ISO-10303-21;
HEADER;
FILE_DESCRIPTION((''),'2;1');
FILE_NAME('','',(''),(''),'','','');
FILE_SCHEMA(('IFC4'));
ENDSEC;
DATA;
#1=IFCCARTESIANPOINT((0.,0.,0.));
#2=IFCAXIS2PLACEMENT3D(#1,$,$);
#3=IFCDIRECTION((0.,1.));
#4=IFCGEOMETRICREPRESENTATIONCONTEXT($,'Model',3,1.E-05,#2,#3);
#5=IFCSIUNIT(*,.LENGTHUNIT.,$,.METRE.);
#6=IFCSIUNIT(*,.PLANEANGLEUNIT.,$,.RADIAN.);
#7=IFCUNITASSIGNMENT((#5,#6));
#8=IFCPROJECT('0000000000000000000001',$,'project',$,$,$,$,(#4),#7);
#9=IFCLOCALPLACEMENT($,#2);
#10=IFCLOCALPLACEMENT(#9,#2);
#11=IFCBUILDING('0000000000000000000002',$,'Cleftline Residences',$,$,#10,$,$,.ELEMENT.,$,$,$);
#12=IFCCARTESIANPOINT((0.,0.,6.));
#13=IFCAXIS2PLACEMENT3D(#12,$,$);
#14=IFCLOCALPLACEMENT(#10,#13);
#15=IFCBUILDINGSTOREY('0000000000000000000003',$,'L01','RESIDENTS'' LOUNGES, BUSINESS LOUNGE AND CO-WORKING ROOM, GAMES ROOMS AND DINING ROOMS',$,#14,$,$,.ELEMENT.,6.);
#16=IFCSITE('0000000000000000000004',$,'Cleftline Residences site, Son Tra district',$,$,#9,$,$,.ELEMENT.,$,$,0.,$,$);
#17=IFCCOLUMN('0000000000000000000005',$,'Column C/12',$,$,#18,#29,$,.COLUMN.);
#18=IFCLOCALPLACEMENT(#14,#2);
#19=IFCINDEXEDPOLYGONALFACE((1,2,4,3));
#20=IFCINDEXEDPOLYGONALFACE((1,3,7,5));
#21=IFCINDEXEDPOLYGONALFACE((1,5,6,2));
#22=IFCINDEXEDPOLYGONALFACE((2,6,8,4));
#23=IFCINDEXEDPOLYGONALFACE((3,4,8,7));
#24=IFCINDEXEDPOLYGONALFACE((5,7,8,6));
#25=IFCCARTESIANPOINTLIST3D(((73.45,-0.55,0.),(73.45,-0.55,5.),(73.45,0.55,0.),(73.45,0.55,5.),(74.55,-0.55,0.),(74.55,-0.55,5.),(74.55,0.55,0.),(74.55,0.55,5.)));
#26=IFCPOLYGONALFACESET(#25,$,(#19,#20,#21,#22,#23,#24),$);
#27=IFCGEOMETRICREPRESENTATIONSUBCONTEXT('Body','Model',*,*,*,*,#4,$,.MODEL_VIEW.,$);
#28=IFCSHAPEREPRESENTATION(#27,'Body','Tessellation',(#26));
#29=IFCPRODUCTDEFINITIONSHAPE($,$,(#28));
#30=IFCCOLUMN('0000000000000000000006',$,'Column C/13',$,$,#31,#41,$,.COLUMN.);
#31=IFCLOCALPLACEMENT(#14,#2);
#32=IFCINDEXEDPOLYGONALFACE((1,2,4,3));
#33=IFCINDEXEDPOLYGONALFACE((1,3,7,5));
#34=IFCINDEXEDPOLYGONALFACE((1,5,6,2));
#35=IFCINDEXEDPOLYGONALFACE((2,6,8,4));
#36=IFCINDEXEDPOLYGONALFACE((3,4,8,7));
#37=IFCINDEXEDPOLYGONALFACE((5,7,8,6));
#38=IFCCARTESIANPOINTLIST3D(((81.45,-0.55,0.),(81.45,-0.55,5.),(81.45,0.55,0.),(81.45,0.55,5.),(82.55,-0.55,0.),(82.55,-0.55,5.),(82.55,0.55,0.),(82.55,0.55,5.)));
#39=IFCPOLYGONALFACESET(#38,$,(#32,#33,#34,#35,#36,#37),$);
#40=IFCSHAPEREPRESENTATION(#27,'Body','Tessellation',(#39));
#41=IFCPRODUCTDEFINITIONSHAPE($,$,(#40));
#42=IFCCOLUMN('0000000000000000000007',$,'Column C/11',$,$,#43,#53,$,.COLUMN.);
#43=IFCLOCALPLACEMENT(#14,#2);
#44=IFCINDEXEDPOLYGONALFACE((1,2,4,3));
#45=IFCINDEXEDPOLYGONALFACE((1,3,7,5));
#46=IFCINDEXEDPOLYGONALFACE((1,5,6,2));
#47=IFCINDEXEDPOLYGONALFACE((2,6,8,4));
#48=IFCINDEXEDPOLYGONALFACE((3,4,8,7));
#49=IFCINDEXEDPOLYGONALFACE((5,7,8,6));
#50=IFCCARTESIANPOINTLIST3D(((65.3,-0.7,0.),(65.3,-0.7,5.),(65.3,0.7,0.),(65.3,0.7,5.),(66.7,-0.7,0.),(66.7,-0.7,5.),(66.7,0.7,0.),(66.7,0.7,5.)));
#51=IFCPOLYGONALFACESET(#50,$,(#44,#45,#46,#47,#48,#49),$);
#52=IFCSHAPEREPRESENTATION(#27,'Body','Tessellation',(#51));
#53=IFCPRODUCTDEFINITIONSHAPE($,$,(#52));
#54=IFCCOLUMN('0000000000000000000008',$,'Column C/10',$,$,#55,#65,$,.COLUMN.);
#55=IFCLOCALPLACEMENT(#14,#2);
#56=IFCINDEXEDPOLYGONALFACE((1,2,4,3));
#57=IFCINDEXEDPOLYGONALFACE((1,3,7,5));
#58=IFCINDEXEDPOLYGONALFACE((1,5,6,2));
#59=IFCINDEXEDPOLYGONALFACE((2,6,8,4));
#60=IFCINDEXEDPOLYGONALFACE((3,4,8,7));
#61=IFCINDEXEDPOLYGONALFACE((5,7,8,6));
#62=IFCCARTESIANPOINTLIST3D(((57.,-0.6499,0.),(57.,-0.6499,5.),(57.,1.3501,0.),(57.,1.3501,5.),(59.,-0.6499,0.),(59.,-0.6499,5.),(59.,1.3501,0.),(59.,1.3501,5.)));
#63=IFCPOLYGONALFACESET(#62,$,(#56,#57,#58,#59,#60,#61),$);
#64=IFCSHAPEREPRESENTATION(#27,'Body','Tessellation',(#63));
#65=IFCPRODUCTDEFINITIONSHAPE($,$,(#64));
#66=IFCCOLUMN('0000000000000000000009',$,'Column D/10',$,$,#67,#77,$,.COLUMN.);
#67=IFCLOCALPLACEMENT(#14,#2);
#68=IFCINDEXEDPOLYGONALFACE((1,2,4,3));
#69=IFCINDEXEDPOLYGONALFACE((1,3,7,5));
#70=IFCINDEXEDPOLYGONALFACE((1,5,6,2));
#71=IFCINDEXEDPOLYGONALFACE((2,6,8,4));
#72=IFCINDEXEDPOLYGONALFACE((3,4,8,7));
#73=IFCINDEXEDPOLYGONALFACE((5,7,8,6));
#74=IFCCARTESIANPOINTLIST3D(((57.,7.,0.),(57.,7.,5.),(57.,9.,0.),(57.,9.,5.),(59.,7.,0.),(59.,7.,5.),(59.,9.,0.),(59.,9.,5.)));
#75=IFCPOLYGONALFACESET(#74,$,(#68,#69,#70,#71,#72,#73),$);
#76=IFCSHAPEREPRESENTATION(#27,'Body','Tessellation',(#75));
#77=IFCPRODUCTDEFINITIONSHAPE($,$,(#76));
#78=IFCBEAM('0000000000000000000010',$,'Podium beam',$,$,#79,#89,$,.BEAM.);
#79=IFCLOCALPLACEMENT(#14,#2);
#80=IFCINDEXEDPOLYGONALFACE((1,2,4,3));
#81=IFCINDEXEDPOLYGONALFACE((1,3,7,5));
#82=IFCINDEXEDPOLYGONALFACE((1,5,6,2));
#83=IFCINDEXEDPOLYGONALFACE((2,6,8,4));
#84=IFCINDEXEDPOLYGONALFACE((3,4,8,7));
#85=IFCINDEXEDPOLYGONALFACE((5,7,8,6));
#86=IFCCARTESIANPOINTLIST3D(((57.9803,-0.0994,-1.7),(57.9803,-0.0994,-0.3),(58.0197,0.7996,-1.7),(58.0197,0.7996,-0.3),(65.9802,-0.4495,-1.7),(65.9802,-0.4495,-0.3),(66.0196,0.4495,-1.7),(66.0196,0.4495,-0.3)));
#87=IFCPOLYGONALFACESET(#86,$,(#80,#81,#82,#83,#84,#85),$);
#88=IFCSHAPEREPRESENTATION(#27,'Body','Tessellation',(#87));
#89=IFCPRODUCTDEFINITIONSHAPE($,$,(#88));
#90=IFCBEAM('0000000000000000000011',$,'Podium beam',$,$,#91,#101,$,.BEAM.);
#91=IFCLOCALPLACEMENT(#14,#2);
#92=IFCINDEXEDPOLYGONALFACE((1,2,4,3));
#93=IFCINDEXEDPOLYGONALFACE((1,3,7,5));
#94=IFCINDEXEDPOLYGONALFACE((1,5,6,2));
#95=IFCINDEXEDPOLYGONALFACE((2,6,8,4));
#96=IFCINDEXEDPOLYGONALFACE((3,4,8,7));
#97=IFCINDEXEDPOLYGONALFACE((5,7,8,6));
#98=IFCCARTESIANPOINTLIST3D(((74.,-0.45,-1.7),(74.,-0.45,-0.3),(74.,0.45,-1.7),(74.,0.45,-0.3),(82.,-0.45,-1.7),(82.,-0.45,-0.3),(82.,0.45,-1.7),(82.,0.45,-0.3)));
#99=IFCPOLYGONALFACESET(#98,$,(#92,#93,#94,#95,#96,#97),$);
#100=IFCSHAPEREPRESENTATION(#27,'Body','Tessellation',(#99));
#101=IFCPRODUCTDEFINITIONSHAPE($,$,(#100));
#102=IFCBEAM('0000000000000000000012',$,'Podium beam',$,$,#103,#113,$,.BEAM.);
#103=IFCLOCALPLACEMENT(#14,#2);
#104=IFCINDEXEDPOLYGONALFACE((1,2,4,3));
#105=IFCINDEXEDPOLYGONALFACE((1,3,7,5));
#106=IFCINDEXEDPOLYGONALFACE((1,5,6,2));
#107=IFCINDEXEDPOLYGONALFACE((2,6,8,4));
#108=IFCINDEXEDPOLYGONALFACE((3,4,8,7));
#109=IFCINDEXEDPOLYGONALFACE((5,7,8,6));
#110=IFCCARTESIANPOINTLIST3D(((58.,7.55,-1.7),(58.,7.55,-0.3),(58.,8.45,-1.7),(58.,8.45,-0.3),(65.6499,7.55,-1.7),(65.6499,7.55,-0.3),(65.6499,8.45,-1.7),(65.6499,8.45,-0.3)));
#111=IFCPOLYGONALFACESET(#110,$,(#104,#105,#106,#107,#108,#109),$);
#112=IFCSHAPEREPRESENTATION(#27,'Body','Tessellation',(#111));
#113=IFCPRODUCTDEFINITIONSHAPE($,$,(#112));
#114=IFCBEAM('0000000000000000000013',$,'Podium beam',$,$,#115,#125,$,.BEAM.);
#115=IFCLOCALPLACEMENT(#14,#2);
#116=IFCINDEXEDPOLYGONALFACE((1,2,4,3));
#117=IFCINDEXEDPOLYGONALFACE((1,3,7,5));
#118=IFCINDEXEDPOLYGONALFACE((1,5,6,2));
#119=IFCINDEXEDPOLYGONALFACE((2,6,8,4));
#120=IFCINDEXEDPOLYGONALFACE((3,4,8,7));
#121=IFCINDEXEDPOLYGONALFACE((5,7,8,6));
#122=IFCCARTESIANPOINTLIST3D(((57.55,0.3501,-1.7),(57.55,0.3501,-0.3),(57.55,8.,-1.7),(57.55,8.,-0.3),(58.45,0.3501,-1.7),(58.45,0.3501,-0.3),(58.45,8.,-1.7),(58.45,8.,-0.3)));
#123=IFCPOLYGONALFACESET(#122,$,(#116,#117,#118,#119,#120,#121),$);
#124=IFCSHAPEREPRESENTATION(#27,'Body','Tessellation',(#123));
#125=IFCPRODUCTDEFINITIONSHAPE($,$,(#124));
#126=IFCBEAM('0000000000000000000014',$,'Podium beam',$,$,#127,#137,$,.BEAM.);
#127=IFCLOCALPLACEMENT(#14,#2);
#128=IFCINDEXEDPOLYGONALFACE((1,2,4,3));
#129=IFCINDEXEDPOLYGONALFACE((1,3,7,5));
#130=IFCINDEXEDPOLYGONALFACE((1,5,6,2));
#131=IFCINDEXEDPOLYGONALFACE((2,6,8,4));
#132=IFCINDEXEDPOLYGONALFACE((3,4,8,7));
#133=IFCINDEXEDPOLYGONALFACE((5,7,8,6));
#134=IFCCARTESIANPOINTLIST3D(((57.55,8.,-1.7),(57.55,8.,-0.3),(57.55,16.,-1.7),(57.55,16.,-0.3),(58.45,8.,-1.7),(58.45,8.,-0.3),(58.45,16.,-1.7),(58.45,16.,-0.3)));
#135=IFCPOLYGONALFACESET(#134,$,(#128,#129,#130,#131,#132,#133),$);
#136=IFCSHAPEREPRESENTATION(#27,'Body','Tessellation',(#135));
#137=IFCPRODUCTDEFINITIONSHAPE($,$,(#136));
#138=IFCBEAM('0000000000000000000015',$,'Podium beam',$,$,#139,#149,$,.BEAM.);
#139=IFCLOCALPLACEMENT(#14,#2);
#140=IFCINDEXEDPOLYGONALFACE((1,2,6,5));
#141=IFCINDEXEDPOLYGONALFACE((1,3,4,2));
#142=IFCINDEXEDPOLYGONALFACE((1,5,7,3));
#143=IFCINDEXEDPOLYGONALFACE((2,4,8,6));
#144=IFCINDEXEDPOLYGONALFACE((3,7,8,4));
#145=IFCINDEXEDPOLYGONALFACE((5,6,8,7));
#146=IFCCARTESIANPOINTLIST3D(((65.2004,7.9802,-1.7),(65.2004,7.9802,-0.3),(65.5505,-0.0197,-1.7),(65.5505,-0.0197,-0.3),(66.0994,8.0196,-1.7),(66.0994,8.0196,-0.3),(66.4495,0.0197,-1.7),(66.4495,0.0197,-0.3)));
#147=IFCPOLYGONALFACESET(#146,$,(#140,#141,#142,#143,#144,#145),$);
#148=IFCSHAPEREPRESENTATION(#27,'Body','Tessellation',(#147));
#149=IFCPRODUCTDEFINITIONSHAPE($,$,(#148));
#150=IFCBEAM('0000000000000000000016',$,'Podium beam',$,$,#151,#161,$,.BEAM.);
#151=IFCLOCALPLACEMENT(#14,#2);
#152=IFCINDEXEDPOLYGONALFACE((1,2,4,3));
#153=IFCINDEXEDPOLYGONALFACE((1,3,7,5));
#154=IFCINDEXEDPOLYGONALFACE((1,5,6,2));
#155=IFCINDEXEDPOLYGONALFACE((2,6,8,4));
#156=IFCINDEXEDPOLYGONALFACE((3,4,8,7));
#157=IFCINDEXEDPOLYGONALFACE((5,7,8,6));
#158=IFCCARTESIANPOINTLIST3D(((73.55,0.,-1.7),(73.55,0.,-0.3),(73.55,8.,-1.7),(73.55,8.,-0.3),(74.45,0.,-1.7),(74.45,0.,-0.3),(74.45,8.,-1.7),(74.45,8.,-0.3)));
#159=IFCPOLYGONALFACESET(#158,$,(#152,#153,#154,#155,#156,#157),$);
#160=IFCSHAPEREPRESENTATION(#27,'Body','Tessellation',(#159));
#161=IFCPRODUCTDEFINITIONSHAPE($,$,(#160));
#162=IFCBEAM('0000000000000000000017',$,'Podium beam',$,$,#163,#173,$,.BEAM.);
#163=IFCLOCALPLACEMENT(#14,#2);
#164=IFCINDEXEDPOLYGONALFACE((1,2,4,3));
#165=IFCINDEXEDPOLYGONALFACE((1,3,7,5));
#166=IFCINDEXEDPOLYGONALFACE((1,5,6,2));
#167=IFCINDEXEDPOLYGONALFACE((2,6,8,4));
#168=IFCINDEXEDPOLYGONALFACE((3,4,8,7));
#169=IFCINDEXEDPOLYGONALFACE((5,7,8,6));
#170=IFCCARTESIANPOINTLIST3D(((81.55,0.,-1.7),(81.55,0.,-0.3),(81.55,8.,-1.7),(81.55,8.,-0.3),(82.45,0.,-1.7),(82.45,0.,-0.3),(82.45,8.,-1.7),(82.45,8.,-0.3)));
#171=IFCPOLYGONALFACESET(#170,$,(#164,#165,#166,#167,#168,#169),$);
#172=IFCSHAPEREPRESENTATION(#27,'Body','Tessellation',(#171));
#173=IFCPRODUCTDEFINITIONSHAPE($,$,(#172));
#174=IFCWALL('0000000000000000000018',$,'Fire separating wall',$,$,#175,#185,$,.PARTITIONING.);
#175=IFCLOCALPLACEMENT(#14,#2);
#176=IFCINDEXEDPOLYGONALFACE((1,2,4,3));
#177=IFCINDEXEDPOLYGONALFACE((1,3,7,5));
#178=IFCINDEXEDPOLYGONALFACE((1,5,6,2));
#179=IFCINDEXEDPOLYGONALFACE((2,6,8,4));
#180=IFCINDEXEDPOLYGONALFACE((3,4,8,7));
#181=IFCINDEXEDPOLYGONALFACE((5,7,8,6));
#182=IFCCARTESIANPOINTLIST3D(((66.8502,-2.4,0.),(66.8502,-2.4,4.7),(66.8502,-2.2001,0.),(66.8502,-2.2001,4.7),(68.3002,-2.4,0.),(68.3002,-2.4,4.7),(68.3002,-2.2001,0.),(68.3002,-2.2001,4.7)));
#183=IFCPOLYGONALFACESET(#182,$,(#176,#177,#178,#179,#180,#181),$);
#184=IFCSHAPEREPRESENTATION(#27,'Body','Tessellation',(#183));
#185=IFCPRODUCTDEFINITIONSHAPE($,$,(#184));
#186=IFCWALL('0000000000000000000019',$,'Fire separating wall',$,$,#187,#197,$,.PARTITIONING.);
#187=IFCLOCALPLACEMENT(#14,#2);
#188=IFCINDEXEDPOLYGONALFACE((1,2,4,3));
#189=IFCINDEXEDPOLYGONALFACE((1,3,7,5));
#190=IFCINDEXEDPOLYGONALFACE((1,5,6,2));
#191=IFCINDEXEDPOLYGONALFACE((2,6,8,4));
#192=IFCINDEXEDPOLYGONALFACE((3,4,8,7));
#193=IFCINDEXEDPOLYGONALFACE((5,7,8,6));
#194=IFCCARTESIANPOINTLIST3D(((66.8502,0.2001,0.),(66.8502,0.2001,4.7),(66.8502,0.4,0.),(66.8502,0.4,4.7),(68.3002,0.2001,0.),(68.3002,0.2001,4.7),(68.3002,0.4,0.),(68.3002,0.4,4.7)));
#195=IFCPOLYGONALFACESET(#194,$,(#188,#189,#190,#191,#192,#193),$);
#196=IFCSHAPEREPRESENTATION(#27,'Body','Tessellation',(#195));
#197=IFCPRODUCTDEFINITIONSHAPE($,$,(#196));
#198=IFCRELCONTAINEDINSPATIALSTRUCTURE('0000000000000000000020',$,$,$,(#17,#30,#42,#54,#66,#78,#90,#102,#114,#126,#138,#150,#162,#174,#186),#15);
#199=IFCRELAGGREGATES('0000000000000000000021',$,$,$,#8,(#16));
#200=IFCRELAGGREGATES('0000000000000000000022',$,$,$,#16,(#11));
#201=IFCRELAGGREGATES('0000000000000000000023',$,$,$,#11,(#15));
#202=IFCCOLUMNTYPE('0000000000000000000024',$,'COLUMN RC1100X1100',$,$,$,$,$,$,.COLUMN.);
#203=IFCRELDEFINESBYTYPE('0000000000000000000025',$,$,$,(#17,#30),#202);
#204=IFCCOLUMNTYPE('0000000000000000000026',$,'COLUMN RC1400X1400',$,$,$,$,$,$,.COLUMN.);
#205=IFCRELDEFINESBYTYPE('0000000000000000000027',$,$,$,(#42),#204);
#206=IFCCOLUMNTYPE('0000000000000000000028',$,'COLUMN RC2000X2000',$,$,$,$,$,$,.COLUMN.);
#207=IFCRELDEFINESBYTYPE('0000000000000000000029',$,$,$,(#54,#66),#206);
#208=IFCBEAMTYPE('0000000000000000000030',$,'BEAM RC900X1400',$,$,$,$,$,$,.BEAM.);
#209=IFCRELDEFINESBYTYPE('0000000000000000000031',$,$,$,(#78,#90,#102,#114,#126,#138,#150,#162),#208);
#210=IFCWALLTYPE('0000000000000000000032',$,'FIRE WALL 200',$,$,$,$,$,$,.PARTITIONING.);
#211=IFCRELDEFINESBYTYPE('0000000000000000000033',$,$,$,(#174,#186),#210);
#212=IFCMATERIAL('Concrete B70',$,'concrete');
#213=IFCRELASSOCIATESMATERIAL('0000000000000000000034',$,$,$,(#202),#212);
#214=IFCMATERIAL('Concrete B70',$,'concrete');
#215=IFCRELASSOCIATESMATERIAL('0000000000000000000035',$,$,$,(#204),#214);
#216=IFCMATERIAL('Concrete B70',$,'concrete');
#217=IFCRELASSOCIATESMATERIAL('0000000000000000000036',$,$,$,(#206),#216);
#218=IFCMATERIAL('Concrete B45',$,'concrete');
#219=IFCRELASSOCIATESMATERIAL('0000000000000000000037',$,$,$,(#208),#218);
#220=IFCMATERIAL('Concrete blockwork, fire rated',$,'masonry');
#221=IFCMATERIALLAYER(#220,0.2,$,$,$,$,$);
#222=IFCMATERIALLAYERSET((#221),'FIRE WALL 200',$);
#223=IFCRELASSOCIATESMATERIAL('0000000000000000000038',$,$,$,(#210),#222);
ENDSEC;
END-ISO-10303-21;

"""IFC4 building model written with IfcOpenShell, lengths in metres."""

from ifc_helpers import new_model, si_unit, direction, frame, frame_2d, origin, origin_2d, place, context, subcontext, project, spatial, rectangle, extrude, material, layer, layer_set, material_profile, profile_set, type_object, element, save


model = new_model("IFC4")

# Units and contexts
model_context = context("Model", 3, precision=1e-05, world=origin(), true_north=direction((0.0, 1.0)))
body_context = subcontext(model_context, "Body", "Model", "MODEL_VIEW")
ifc_project = project(units=[si_unit("LENGTHUNIT", "METRE"), si_unit("PLANEANGLEUNIT", "RADIAN")], contexts=[model_context])

# Site, building, storey
site_placement = place(None, origin())
site = spatial("IfcSite", under=ifc_project, at=site_placement, Name="Cleftline Residences site, Son Tra district", CompositionType="ELEMENT", RefElevation=0.0)
building_placement = place(site_placement, origin())
building = spatial("IfcBuilding", under=site, at=building_placement, Name="Cleftline Residences", CompositionType="ELEMENT")
storey_placement = place(building_placement, frame((0.0, 0.0, 6.0)))
storey = spatial("IfcBuildingStorey", under=building, at=storey_placement, Name="L01", Description="RESIDENTS' LOUNGES, BUSINESS LOUNGE AND CO-WORKING ROOM, GAMES ROOMS AND DINING ROOMS", CompositionType="ELEMENT", Elevation=6.0)

# Columns
ifc_material_1 = material(Name="Concrete B70", Category="concrete")
ifc_material_profile_1 = material_profile(ifc_material_1, rectangle(XDim=1.1001, YDim=1.1001, at=origin_2d()))
ifc_profile_set_1 = profile_set([ifc_material_profile_1], Name="Concrete B70")
column_type_1 = type_object("IfcColumnType", Name="COLUMN RC1100X1100", PredefinedType="COLUMN", material=ifc_profile_set_1)
for number, where, z_axis, x_axis, name in (
    (1, (74.0, 0.0, 0.0), (0.0, 0.0, 1.0), (1.0, 0.0, 0.0), "Column C/12"),
    (2, (82.0, 0.0, 0.0), (0.0, 0.0, 1.0), (1.0, 0.0, 0.0), "Column C/13"),
):
    element("IfcColumn", number, at=place(storey_placement, frame(where, z_axis=z_axis, x_axis=x_axis)), inside=storey, type_object=column_type_1, Name=name, PredefinedType="COLUMN", context=body_context, shape_type="SweptSolid", body=[
        extrude(rectangle(XDim=1.1001, YDim=1.1001, at=origin_2d()), origin(), (0.0, 0.0, 1.0), 5.0),
    ])
ifc_material_2 = material(Name="Concrete B70", Category="concrete")
ifc_material_profile_2 = material_profile(ifc_material_2, rectangle(XDim=1.3999, YDim=1.3999, at=origin_2d()))
ifc_profile_set_2 = profile_set([ifc_material_profile_2], Name="Concrete B70")
column_type_2 = type_object("IfcColumnType", Name="COLUMN RC1400X1400", PredefinedType="COLUMN", material=ifc_profile_set_2)
column_placement = place(storey_placement, frame((66.0, 0.0, 0.0), z_axis=(0.0, 0.0, 1.0), x_axis=(1.0, 0.0, 0.0)))
element("IfcColumn", 3, at=column_placement, inside=storey, type_object=column_type_2, Name="Column C/11", PredefinedType="COLUMN", context=body_context, shape_type="SweptSolid", body=[
    extrude(rectangle(XDim=1.3999, YDim=1.3999, at=origin_2d()), origin(), (0.0, 0.0, 1.0), 5.0),
])
ifc_material_3 = material(Name="Concrete B70", Category="concrete")
ifc_material_profile_3 = material_profile(ifc_material_3, rectangle(XDim=2.0, YDim=2.0, at=origin_2d()))
ifc_profile_set_3 = profile_set([ifc_material_profile_3], Name="Concrete B70")
column_type_3 = type_object("IfcColumnType", Name="COLUMN RC2000X2000", PredefinedType="COLUMN", material=ifc_profile_set_3)
for number, where, z_axis, x_axis, name in (
    (4, (58.0, 0.3501, 0.0), (0.0, 0.0, 1.0), (1.0, 0.0, 0.0), "Column C/10"),
    (5, (58.0, 8.0, 0.0), (0.0, 0.0, 1.0), (1.0, 0.0, 0.0), "Column D/10"),
):
    element("IfcColumn", number, at=place(storey_placement, frame(where, z_axis=z_axis, x_axis=x_axis)), inside=storey, type_object=column_type_3, Name=name, PredefinedType="COLUMN", context=body_context, shape_type="SweptSolid", body=[
        extrude(rectangle(XDim=2.0, YDim=2.0, at=origin_2d()), origin(), (0.0, 0.0, 1.0), 5.0),
    ])

# Beams
ifc_material_4 = material(Name="Concrete B45", Category="concrete")
ifc_material_profile_4 = material_profile(ifc_material_4, rectangle(XDim=0.8999, YDim=1.3999, at=origin_2d()))
ifc_profile_set_4 = profile_set([ifc_material_profile_4], Name="Concrete B45")
beam_type = type_object("IfcBeamType", Name="BEAM RC900X1400", PredefinedType="BEAM", material=ifc_profile_set_4)
beam_1_placement = place(storey_placement, frame((58.0, 0.3501, -1.0), z_axis=(0.999044, -0.04372, 0.0), x_axis=(0.04372, 0.999044, 0.0)))
element("IfcBeam", 6, at=beam_1_placement, inside=storey, type_object=beam_type, Name="Podium beam", PredefinedType="BEAM", context=body_context, shape_type="SweptSolid", body=[
    extrude(rectangle(XDim=0.8999, YDim=1.3999, at=origin_2d()), origin(), (0.0, 0.0, 1.0), 8.0076),
])
beam_2_placement = place(storey_placement, frame((74.0, 0.0, -1.0), z_axis=(1.0, 0.0, 0.0), x_axis=(0.0, 1.0, 0.0)))
element("IfcBeam", 7, at=beam_2_placement, inside=storey, type_object=beam_type, Name="Podium beam", PredefinedType="BEAM", context=body_context, shape_type="SweptSolid", body=[
    extrude(rectangle(XDim=0.8999, YDim=1.3999, at=origin_2d()), origin(), (0.0, 0.0, 1.0), 8.0),
])
for number, where, z_axis, x_axis, name in (
    (8, (58.0, 8.0, -1.0), (1.0, 0.0, 0.0), (0.0, 1.0, 0.0), "Podium beam"),
    (9, (58.0, 0.3501, -1.0), (0.0, 1.0, 0.0), (-1.0, 0.0, 0.0), "Podium beam"),
):
    element("IfcBeam", number, at=place(storey_placement, frame(where, z_axis=z_axis, x_axis=x_axis)), inside=storey, type_object=beam_type, Name=name, PredefinedType="BEAM", context=body_context, shape_type="SweptSolid", body=[
        extrude(rectangle(XDim=0.8999, YDim=1.3999, at=origin_2d()), origin(), (0.0, 0.0, 1.0), 7.6499),
    ])
beam_3_placement = place(storey_placement, frame((58.0, 8.0, -1.0), z_axis=(0.0, 1.0, 0.0), x_axis=(-1.0, 0.0, 0.0)))
element("IfcBeam", 10, at=beam_3_placement, inside=storey, type_object=beam_type, Name="Podium beam", PredefinedType="BEAM", context=body_context, shape_type="SweptSolid", body=[
    extrude(rectangle(XDim=0.8999, YDim=1.3999, at=origin_2d()), origin(), (0.0, 0.0, 1.0), 8.0),
])
beam_4_placement = place(storey_placement, frame((66.0, 0.0, -1.0), z_axis=(-0.04372, 0.999044, 0.0), x_axis=(-0.999044, -0.04372, 0.0)))
element("IfcBeam", 11, at=beam_4_placement, inside=storey, type_object=beam_type, Name="Podium beam", PredefinedType="BEAM", context=body_context, shape_type="SweptSolid", body=[
    extrude(rectangle(XDim=0.8999, YDim=1.3999, at=origin_2d()), origin(), (0.0, 0.0, 1.0), 8.0076),
])
for number, where, z_axis, x_axis, name in (
    (12, (74.0, 0.0, -1.0), (0.0, 1.0, 0.0), (-1.0, 0.0, 0.0), "Podium beam"),
    (13, (82.0, 0.0, -1.0), (0.0, 1.0, 0.0), (-1.0, 0.0, 0.0), "Podium beam"),
):
    element("IfcBeam", number, at=place(storey_placement, frame(where, z_axis=z_axis, x_axis=x_axis)), inside=storey, type_object=beam_type, Name=name, PredefinedType="BEAM", context=body_context, shape_type="SweptSolid", body=[
        extrude(rectangle(XDim=0.8999, YDim=1.3999, at=origin_2d()), origin(), (0.0, 0.0, 1.0), 8.0),
    ])

# Walls
ifc_material_5 = material(Name="Concrete blockwork, fire rated", Category="masonry")
ifc_layer_1 = layer(ifc_material_5, 0.2)
ifc_layer_set_1 = layer_set([ifc_layer_1], Name="FIRE WALL 200")
wall_type_1 = type_object("IfcWallType", Name="FIRE WALL 200", PredefinedType="PARTITIONING", material=ifc_layer_set_1)
for number, where, z_axis, x_axis, name in (
    (14, (66.8501, -2.3, 0.0), (0.0, 0.0, 1.0), (1.0, 0.0, 0.0), "Fire separating wall"),
    (15, (66.8501, 0.3, 0.0), (0.0, 0.0, 1.0), (1.0, 0.0, 0.0), "Fire separating wall"),
):
    element("IfcWall", number, at=place(storey_placement, frame(where, z_axis=z_axis, x_axis=x_axis)), inside=storey, type_object=wall_type_1, Name=name, PredefinedType="PARTITIONING", context=body_context, shape_type="SweptSolid", body=[
        extrude(rectangle(XDim=1.45, YDim=0.2, at=frame_2d((0.7251, 0.0))), origin(), (0.0, 0.0, 1.0), 4.7),
    ])

save(model, "model.ifc")
